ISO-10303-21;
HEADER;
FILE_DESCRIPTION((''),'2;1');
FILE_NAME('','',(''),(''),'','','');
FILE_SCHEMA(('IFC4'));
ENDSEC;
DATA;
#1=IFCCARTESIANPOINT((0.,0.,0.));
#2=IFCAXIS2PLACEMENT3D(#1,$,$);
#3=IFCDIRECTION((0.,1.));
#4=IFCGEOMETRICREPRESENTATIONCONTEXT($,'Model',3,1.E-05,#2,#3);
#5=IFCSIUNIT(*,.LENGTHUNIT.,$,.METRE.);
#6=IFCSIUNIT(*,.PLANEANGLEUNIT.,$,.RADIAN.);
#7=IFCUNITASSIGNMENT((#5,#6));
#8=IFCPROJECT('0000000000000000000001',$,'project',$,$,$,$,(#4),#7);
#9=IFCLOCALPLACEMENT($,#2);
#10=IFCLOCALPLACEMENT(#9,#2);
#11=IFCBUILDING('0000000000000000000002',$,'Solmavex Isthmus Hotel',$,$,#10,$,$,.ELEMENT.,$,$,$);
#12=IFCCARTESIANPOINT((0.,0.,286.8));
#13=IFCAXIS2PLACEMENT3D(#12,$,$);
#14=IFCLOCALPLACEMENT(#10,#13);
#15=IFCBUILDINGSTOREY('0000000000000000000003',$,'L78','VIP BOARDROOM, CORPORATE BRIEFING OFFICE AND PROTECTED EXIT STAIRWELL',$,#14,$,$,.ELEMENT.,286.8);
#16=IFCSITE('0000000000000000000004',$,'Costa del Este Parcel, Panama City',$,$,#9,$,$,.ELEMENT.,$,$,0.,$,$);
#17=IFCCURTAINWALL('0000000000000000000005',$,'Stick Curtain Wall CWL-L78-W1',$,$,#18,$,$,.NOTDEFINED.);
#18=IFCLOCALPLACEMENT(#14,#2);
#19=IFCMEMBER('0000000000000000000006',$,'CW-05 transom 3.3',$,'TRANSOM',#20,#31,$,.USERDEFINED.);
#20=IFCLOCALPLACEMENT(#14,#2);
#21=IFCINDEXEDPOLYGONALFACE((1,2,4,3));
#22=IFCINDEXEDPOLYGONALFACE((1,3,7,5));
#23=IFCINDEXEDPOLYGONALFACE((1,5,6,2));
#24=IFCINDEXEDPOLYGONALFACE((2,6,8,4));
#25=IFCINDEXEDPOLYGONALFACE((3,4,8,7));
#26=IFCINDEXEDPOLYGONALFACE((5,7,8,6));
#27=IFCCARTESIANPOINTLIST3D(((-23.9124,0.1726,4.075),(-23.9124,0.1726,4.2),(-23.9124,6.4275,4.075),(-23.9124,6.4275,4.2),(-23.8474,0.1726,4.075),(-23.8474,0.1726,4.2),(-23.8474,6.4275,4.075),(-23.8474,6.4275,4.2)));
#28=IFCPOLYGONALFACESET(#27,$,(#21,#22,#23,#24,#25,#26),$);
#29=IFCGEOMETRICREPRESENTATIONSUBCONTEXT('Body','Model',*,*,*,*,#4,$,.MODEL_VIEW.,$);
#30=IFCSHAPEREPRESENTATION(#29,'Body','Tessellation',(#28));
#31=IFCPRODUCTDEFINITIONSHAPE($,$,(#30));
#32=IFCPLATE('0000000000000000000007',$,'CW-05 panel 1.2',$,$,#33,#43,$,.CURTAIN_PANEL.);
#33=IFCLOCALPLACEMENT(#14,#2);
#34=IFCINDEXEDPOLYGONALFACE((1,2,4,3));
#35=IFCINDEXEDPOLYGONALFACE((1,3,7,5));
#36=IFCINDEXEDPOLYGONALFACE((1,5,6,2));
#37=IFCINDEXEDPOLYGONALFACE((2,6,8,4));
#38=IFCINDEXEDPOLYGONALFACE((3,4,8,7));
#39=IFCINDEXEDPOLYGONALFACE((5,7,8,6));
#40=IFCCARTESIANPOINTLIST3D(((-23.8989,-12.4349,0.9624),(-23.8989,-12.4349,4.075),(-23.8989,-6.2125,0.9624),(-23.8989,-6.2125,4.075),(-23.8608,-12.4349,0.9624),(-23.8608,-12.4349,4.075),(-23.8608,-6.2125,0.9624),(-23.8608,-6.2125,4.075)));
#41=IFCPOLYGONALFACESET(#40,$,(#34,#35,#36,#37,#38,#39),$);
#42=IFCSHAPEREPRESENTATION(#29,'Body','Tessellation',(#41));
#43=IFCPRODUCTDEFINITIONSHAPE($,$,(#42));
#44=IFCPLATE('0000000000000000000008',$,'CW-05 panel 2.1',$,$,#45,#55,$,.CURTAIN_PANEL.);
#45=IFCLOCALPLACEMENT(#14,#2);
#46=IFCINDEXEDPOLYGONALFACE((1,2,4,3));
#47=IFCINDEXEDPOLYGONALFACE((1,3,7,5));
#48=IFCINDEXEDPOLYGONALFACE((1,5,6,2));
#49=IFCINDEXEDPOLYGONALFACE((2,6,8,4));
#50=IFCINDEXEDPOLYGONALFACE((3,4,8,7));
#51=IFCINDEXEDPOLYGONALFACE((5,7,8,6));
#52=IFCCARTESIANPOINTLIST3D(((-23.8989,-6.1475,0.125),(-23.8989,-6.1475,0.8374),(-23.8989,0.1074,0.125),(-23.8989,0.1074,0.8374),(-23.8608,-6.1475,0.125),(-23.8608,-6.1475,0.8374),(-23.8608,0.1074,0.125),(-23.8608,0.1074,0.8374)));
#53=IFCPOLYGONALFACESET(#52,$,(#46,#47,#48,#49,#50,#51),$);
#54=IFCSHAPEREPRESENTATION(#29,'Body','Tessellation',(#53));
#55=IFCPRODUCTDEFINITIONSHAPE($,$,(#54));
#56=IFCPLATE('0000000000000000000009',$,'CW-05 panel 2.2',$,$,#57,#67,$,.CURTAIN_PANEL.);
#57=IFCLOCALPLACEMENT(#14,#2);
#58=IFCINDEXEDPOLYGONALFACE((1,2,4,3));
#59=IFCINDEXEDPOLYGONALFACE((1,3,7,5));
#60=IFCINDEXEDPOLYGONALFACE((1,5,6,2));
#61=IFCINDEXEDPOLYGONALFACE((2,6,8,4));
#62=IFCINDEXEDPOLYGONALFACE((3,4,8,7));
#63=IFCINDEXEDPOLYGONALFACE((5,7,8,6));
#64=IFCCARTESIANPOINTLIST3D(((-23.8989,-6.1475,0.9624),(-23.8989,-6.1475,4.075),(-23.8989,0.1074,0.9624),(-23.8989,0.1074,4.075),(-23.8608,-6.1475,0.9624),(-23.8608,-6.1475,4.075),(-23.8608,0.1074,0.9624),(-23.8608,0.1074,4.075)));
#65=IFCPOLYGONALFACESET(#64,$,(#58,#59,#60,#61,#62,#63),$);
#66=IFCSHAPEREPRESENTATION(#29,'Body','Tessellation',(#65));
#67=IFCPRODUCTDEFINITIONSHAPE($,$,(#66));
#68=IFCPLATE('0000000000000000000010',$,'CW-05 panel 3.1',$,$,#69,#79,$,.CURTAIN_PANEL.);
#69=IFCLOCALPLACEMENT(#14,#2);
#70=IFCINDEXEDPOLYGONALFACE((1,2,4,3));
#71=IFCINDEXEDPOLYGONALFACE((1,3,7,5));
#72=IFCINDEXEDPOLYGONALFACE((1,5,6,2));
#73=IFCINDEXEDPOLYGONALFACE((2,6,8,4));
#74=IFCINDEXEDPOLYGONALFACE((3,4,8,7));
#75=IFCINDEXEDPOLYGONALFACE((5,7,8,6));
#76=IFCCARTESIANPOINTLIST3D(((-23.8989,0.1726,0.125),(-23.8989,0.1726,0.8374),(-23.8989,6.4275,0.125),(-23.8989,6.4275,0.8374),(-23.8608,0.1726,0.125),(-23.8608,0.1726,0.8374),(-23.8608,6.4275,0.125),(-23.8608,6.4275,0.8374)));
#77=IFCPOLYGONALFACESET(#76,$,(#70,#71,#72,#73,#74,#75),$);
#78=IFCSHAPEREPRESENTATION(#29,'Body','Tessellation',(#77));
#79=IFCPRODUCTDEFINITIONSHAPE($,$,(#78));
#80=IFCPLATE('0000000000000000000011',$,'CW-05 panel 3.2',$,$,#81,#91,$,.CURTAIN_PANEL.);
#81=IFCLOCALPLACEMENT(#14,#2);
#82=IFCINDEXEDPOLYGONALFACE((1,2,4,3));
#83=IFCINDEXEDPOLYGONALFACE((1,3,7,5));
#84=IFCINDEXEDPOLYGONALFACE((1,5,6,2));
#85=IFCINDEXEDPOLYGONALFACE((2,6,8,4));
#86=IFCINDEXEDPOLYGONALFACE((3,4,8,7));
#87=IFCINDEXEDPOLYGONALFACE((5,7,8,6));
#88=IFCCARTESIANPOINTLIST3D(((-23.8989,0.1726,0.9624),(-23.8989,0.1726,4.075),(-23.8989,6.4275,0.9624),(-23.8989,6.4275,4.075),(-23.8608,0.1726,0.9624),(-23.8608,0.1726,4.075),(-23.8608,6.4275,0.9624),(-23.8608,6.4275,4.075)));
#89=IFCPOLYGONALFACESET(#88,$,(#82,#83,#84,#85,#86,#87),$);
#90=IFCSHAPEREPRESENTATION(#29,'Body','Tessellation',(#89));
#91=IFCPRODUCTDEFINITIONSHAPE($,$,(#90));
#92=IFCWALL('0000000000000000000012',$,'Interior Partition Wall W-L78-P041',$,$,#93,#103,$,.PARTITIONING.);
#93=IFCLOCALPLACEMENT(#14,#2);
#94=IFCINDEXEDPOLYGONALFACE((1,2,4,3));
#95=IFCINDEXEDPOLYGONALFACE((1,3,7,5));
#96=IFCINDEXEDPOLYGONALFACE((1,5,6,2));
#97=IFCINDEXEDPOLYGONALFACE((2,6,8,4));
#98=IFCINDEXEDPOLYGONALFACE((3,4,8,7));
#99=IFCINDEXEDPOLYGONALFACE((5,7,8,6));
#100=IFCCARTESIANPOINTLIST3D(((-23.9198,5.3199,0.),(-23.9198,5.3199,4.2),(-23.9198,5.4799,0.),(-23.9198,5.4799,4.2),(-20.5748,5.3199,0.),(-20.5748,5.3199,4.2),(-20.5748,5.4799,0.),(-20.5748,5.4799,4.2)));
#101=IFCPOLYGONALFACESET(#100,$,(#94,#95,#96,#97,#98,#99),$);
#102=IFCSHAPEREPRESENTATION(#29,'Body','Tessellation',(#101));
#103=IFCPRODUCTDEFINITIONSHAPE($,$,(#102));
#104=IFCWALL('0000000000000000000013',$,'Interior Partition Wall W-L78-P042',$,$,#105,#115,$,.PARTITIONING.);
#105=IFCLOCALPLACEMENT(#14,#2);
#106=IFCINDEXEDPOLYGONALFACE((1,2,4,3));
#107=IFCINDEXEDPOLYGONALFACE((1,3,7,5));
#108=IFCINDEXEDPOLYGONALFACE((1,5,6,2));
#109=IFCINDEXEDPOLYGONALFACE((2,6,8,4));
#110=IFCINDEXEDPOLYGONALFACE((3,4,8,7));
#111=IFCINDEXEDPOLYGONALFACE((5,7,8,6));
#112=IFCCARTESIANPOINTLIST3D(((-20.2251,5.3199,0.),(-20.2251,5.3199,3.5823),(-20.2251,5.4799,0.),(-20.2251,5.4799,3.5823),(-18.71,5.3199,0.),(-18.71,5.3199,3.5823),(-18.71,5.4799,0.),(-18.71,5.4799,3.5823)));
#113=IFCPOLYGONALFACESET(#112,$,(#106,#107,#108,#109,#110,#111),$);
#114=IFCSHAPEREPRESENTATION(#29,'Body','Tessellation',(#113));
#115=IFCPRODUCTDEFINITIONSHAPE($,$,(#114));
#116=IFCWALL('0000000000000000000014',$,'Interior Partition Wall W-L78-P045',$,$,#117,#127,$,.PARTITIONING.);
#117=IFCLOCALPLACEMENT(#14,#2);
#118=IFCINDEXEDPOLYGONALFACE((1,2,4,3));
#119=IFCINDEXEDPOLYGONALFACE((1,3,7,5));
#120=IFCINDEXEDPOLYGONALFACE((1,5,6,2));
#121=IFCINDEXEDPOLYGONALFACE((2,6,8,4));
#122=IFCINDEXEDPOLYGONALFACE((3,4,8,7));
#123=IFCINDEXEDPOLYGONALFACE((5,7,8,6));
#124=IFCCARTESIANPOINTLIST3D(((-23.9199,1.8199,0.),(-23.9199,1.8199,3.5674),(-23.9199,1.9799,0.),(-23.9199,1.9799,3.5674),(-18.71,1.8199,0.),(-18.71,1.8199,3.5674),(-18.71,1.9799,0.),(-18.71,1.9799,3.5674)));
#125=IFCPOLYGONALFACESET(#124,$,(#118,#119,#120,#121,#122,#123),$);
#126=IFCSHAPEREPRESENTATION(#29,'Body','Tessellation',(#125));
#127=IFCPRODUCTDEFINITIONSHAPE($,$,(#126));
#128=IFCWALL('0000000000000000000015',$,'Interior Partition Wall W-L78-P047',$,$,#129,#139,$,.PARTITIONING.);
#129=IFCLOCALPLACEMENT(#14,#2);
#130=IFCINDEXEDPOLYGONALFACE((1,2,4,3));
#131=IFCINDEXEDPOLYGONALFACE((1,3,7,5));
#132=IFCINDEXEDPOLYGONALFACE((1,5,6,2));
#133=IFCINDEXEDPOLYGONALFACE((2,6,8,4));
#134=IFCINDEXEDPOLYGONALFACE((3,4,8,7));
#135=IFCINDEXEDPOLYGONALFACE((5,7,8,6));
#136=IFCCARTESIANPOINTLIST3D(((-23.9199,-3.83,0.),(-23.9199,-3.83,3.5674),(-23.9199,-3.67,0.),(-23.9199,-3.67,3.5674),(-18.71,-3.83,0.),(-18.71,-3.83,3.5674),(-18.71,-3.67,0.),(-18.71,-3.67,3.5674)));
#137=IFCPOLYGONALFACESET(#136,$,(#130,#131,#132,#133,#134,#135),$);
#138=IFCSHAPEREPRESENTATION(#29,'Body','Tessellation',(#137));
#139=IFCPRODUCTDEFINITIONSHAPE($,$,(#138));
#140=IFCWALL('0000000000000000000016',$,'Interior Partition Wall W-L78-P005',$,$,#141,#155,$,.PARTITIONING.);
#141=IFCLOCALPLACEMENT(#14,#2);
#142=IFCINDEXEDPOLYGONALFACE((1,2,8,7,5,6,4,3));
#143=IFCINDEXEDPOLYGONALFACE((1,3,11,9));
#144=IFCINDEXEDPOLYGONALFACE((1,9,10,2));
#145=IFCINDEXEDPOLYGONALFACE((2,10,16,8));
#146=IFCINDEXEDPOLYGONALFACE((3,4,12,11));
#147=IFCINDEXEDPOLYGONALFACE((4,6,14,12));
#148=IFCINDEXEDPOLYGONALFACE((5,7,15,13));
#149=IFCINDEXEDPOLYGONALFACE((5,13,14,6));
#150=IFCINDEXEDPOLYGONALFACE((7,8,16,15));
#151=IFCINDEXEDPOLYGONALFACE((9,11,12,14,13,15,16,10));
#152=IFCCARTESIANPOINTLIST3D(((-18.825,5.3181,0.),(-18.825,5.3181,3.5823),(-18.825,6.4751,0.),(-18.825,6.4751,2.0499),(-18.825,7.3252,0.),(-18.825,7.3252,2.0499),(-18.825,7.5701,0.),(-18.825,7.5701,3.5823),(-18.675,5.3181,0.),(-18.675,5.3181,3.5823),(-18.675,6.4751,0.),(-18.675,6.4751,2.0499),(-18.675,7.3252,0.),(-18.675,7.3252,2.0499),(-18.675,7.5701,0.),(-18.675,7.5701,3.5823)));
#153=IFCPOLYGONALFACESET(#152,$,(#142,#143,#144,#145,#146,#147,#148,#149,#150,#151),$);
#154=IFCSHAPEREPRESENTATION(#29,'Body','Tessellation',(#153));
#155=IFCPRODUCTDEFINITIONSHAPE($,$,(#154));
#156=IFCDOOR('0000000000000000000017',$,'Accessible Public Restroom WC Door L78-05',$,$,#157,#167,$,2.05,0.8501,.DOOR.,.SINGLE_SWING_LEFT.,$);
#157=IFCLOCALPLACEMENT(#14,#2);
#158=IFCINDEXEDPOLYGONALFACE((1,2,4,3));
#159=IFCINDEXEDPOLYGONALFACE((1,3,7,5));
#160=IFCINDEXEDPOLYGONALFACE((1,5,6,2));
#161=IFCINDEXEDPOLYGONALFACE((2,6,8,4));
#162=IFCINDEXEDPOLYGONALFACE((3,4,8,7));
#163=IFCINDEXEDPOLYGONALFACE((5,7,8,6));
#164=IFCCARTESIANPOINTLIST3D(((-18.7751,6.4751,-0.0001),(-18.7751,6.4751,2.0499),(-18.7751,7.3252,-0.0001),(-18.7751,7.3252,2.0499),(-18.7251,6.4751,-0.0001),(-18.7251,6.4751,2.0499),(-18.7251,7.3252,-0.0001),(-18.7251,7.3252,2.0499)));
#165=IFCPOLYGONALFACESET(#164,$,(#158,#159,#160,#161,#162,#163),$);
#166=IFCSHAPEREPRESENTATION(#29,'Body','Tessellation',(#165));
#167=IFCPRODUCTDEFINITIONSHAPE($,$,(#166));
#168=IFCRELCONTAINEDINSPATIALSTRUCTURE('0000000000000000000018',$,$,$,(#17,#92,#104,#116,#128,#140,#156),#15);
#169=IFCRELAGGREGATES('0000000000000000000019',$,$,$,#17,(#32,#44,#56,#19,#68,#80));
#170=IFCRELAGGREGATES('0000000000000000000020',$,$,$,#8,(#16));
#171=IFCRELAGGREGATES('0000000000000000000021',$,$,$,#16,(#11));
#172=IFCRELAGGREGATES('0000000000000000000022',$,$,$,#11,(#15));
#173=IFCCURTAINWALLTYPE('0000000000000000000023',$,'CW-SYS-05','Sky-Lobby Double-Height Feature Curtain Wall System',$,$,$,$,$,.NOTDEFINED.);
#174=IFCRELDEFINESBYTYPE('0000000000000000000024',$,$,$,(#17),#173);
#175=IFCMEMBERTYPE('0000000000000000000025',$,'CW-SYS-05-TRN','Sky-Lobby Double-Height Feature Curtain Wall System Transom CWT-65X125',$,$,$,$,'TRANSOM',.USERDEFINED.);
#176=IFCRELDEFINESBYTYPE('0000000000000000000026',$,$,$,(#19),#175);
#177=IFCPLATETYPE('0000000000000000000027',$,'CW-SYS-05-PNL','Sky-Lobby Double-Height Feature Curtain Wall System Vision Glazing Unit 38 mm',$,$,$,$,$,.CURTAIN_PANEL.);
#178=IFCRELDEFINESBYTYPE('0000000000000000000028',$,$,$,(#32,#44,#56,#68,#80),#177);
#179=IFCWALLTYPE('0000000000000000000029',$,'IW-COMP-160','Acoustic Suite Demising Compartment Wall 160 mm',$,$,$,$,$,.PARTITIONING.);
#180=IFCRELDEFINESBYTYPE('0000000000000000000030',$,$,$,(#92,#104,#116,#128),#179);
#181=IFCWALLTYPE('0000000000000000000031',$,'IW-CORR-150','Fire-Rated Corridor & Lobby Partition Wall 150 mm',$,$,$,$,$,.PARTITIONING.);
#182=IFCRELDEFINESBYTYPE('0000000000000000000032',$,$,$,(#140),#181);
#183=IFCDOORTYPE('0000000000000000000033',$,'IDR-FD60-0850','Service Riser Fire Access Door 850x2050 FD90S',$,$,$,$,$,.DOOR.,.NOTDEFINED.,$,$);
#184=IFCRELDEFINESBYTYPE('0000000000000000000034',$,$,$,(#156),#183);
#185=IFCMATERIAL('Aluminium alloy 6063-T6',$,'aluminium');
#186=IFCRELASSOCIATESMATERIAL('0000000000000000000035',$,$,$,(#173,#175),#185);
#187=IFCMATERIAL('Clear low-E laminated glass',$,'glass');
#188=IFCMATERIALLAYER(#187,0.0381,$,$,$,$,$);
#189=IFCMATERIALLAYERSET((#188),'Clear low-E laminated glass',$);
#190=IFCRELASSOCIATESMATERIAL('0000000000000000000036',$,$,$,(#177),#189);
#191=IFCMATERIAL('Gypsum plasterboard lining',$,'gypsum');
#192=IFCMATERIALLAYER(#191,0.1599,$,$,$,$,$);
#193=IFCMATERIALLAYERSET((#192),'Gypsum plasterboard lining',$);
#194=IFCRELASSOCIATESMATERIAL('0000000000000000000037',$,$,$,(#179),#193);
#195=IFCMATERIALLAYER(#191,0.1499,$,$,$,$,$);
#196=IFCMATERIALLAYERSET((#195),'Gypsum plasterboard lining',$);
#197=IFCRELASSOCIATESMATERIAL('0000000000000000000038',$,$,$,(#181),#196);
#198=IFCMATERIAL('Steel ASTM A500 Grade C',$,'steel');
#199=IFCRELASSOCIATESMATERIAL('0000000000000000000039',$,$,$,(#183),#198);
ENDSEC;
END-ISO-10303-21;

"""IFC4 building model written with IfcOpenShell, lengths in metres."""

from ifc_helpers import new_model, si_unit, direction, frame, frame_2d, origin, origin_2d, place, context, subcontext, project, spatial, rectangle, extrude, material, layer, layer_set, material_profile, profile_set, type_object, element, fill, aggregate, save


model = new_model("IFC4")

# Units and contexts
model_context = context("Model", 3, precision=1e-05, world=origin(), true_north=direction((0.0, 1.0)))
body_context = subcontext(model_context, "Body", "Model", "MODEL_VIEW")
ifc_project = project(units=[si_unit("LENGTHUNIT", "METRE"), si_unit("PLANEANGLEUNIT", "RADIAN")], contexts=[model_context])

# Site, building, storey
site_placement = place(None, origin())
site = spatial("IfcSite", under=ifc_project, at=site_placement, Name="Costa del Este Parcel, Panama City", CompositionType="ELEMENT", RefElevation=0.0)
building_placement = place(site_placement, origin())
building = spatial("IfcBuilding", under=site, at=building_placement, Name="Solmavex Isthmus Hotel", CompositionType="ELEMENT")
storey_placement = place(building_placement, frame((0.0, 0.0, 286.8)))
storey = spatial("IfcBuildingStorey", under=building, at=storey_placement, Name="L78", Description="VIP BOARDROOM, CORPORATE BRIEFING OFFICE AND PROTECTED EXIT STAIRWELL", CompositionType="ELEMENT", Elevation=286.8)

# Curtain wall, member, plates
ifc_material_1 = material(Name="Aluminium alloy 6063-T6", Category="aluminium")
curtain_wall_type = type_object("IfcCurtainWallType", Name="CW-SYS-05", Description="Sky-Lobby Double-Height Feature Curtain Wall System", PredefinedType="NOTDEFINED", material=ifc_material_1)
curtain_wall_placement = place(storey_placement, origin())
curtain_wall = element("IfcCurtainWall", 1, at=curtain_wall_placement, inside=storey, type_object=curtain_wall_type, Name="Stick Curtain Wall CWL-L78-W1", PredefinedType="NOTDEFINED")
ifc_material_profile_1 = material_profile(ifc_material_1, rectangle(XDim=0.0649, YDim=0.125, at=origin_2d()), Name="CWT-65X125")
ifc_profile_set_1 = profile_set([ifc_material_profile_1], Name="Aluminium alloy 6063-T6")
member_type_1 = type_object("IfcMemberType", Name="CW-SYS-05-TRN", Description="Sky-Lobby Double-Height Feature Curtain Wall System Transom CWT-65X125", ElementType="TRANSOM", PredefinedType="USERDEFINED", material=ifc_profile_set_1)
member_1_placement = place(storey_placement, frame((-23.8799, 0.1726, 4.1375), z_axis=(0.0, 1.0, 0.0), x_axis=(-1.0, 0.0, 0.0)))
member_1 = element("IfcMember", 2, at=member_1_placement, type_object=member_type_1, Name="CW-05 transom 3.3", ObjectType="TRANSOM", PredefinedType="USERDEFINED", context=body_context, shape_type="SweptSolid", body=[
    extrude(rectangle(XDim=0.0649, YDim=0.125, at=origin_2d()), origin(), (0.0, 0.0, 1.0), 6.2549),
])
ifc_material_2 = material(Name="Clear low-E laminated glass", Category="glass")
ifc_layer_1 = layer(ifc_material_2, 0.0381)
ifc_layer_set_1 = layer_set([ifc_layer_1], Name="Clear low-E laminated glass")
plate_type = type_object("IfcPlateType", Name="CW-SYS-05-PNL", Description="Sky-Lobby Double-Height Feature Curtain Wall System Vision Glazing Unit 38 mm", PredefinedType="CURTAIN_PANEL", material=ifc_layer_set_1)
plate_1_placement = place(storey_placement, frame((-23.8799, -9.3237, 0.9624), z_axis=(0.0, 0.0, 1.0), x_axis=(0.0, 1.0, 0.0)))
plate_1 = element("IfcPlate", 3, at=plate_1_placement, type_object=plate_type, Name="CW-05 panel 1.2", PredefinedType="CURTAIN_PANEL", context=body_context, shape_type="SweptSolid", body=[
    extrude(rectangle(XDim=6.2224, YDim=0.0381, at=origin_2d()), origin(), (0.0, 0.0, 1.0), 3.1125),
])
plate_2_placement = place(storey_placement, frame((-23.8799, -3.02, 0.125), z_axis=(0.0, 0.0, 1.0), x_axis=(0.0, 1.0, 0.0)))
plate_2 = element("IfcPlate", 4, at=plate_2_placement, type_object=plate_type, Name="CW-05 panel 2.1", PredefinedType="CURTAIN_PANEL", context=body_context, shape_type="SweptSolid", body=[
    extrude(rectangle(XDim=6.2549, YDim=0.0381, at=origin_2d()), origin(), (0.0, 0.0, 1.0), 0.7124),
])
plate_3_placement = place(storey_placement, frame((-23.8799, -3.02, 0.9624), z_axis=(0.0, 0.0, 1.0), x_axis=(0.0, 1.0, 0.0)))
plate_3 = element("IfcPlate", 5, at=plate_3_placement, type_object=plate_type, Name="CW-05 panel 2.2", PredefinedType="CURTAIN_PANEL", context=body_context, shape_type="SweptSolid", body=[
    extrude(rectangle(XDim=6.2549, YDim=0.0381, at=origin_2d()), origin(), (0.0, 0.0, 1.0), 3.1125),
])
plate_4_placement = place(storey_placement, frame((-23.8799, 3.3, 0.125), z_axis=(0.0, 0.0, 1.0), x_axis=(0.0, 1.0, 0.0)))
plate_4 = element("IfcPlate", 6, at=plate_4_placement, type_object=plate_type, Name="CW-05 panel 3.1", PredefinedType="CURTAIN_PANEL", context=body_context, shape_type="SweptSolid", body=[
    extrude(rectangle(XDim=6.2549, YDim=0.0381, at=origin_2d()), origin(), (0.0, 0.0, 1.0), 0.7124),
])
plate_5_placement = place(storey_placement, frame((-23.8799, 3.3, 0.9624), z_axis=(0.0, 0.0, 1.0), x_axis=(0.0, 1.0, 0.0)))
plate_5 = element("IfcPlate", 7, at=plate_5_placement, type_object=plate_type, Name="CW-05 panel 3.2", PredefinedType="CURTAIN_PANEL", context=body_context, shape_type="SweptSolid", body=[
    extrude(rectangle(XDim=6.2549, YDim=0.0381, at=origin_2d()), origin(), (0.0, 0.0, 1.0), 3.1125),
])
aggregate(curtain_wall, [plate_1, plate_2, plate_3, member_1, plate_4, plate_5])

# Walls
ifc_material_3 = material(Name="Gypsum plasterboard lining", Category="gypsum")
ifc_layer_2 = layer(ifc_material_3, 0.1599)
ifc_layer_set_2 = layer_set([ifc_layer_2], Name="Gypsum plasterboard lining")
wall_type_1 = type_object("IfcWallType", Name="IW-COMP-160", Description="Acoustic Suite Demising Compartment Wall 160 mm", PredefinedType="PARTITIONING", material=ifc_layer_set_2)
wall_1_placement = place(storey_placement, frame((-20.575, 5.3999, 0.0), z_axis=(0.0, 0.0, 1.0), x_axis=(-1.0, 0.0, 0.0)))
element("IfcWall", 8, at=wall_1_placement, inside=storey, type_object=wall_type_1, Name="Interior Partition Wall W-L78-P041", PredefinedType="PARTITIONING", context=body_context, shape_type="SweptSolid", body=[
    extrude(rectangle(XDim=3.345, YDim=0.1599, at=frame_2d((1.6724, 0.0))), origin(), (0.0, 0.0, 1.0), 4.2),
])
wall_2_placement = place(storey_placement, frame((-18.71, 5.3999, 0.0), z_axis=(0.0, 0.0, 1.0), x_axis=(-1.0, 0.0, 0.0)))
element("IfcWall", 9, at=wall_2_placement, inside=storey, type_object=wall_type_1, Name="Interior Partition Wall W-L78-P042", PredefinedType="PARTITIONING", context=body_context, shape_type="SweptSolid", body=[
    extrude(rectangle(XDim=1.5151, YDim=0.1599, at=frame_2d((0.7576, 0.0))), origin(), (0.0, 0.0, 1.0), 3.5823),
])
for number, where, z_axis, x_axis, name in (
    (10, (-18.71, 1.8999, 0.0), (0.0, 0.0, 1.0), (-1.0, 0.0, 0.0), "Interior Partition Wall W-L78-P045"),
    (11, (-18.71, -3.75, 0.0), (0.0, 0.0, 1.0), (-1.0, 0.0, 0.0), "Interior Partition Wall W-L78-P047"),
):
    element("IfcWall", number, at=place(storey_placement, frame(where, z_axis=z_axis, x_axis=x_axis)), inside=storey, type_object=wall_type_1, Name=name, PredefinedType="PARTITIONING", context=body_context, shape_type="SweptSolid", body=[
        extrude(rectangle(XDim=5.21, YDim=0.1599, at=frame_2d((2.605, 0.0))), origin(), (0.0, 0.0, 1.0), 3.5674),
    ])

# Wall, opening, door
ifc_layer_3 = layer(ifc_material_3, 0.1499)
ifc_layer_set_3 = layer_set([ifc_layer_3], Name="Gypsum plasterboard lining")
wall_type_2 = type_object("IfcWallType", Name="IW-CORR-150", Description="Fire-Rated Corridor & Lobby Partition Wall 150 mm", PredefinedType="PARTITIONING", material=ifc_layer_set_3)
wall_3_placement = place(storey_placement, frame((-18.75, 5.3181, 0.0), z_axis=(0.0, 0.0, 1.0), x_axis=(0.0, 1.0, 0.0)))
wall_3 = element("IfcWall", 12, at=wall_3_placement, inside=storey, type_object=wall_type_2, Name="Interior Partition Wall W-L78-P005", PredefinedType="PARTITIONING", context=body_context, shape_type="SweptSolid", body=[
    extrude(rectangle(XDim=2.252, YDim=0.1499, at=frame_2d((1.126, 0.0))), origin(), (0.0, 0.0, 1.0), 3.5823),
])
opening_1_placement = place(wall_3_placement, frame((1.157, 0.0, 0.0)))
opening_1 = element("IfcOpeningElement", 13, at=opening_1_placement, cuts=wall_3, PredefinedType="OPENING", context=body_context, shape_type="SweptSolid", body=[
    extrude(rectangle(XDim=0.8501, YDim=2.05, at=frame_2d((0.425, 1.0249))), frame((0.0, 0.085, 0.0), z_axis=(0.0, -1.0, 0.0), x_axis=(1.0, 0.0, 0.0)), (0.0, 0.0, 1.0), 0.1699),
])
ifc_material_4 = material(Name="Steel ASTM A500 Grade C", Category="steel")
door_type_1 = type_object("IfcDoorType", Name="IDR-FD60-0850", Description="Service Riser Fire Access Door 850x2050 FD90S", OperationType="NOTDEFINED", PredefinedType="DOOR", material=ifc_material_4)
door_1_placement = place(opening_1_placement, frame((0.8501, 0.0, 0.0), z_axis=(0.0, 0.0, 1.0), x_axis=(-1.0, 0.0, 0.0)))
door_1 = element("IfcDoor", 14, at=door_1_placement, inside=storey, type_object=door_type_1, Name="Accessible Public Restroom WC Door L78-05", OperationType="SINGLE_SWING_LEFT", OverallHeight=2.05, OverallWidth=0.8501, PredefinedType="DOOR", context=body_context, shape_type="SweptSolid", body=[
    extrude(rectangle(XDim=0.8501, YDim=2.05, at=frame_2d((0.425, 1.0249))), frame((0.0, 0.0249, 0.0), z_axis=(0.0, -1.0, 0.0), x_axis=(1.0, 0.0, 0.0)), (0.0, 0.0, 1.0), 0.05),
])
fill(opening_1, door_1)

save(model, "model.ifc")
